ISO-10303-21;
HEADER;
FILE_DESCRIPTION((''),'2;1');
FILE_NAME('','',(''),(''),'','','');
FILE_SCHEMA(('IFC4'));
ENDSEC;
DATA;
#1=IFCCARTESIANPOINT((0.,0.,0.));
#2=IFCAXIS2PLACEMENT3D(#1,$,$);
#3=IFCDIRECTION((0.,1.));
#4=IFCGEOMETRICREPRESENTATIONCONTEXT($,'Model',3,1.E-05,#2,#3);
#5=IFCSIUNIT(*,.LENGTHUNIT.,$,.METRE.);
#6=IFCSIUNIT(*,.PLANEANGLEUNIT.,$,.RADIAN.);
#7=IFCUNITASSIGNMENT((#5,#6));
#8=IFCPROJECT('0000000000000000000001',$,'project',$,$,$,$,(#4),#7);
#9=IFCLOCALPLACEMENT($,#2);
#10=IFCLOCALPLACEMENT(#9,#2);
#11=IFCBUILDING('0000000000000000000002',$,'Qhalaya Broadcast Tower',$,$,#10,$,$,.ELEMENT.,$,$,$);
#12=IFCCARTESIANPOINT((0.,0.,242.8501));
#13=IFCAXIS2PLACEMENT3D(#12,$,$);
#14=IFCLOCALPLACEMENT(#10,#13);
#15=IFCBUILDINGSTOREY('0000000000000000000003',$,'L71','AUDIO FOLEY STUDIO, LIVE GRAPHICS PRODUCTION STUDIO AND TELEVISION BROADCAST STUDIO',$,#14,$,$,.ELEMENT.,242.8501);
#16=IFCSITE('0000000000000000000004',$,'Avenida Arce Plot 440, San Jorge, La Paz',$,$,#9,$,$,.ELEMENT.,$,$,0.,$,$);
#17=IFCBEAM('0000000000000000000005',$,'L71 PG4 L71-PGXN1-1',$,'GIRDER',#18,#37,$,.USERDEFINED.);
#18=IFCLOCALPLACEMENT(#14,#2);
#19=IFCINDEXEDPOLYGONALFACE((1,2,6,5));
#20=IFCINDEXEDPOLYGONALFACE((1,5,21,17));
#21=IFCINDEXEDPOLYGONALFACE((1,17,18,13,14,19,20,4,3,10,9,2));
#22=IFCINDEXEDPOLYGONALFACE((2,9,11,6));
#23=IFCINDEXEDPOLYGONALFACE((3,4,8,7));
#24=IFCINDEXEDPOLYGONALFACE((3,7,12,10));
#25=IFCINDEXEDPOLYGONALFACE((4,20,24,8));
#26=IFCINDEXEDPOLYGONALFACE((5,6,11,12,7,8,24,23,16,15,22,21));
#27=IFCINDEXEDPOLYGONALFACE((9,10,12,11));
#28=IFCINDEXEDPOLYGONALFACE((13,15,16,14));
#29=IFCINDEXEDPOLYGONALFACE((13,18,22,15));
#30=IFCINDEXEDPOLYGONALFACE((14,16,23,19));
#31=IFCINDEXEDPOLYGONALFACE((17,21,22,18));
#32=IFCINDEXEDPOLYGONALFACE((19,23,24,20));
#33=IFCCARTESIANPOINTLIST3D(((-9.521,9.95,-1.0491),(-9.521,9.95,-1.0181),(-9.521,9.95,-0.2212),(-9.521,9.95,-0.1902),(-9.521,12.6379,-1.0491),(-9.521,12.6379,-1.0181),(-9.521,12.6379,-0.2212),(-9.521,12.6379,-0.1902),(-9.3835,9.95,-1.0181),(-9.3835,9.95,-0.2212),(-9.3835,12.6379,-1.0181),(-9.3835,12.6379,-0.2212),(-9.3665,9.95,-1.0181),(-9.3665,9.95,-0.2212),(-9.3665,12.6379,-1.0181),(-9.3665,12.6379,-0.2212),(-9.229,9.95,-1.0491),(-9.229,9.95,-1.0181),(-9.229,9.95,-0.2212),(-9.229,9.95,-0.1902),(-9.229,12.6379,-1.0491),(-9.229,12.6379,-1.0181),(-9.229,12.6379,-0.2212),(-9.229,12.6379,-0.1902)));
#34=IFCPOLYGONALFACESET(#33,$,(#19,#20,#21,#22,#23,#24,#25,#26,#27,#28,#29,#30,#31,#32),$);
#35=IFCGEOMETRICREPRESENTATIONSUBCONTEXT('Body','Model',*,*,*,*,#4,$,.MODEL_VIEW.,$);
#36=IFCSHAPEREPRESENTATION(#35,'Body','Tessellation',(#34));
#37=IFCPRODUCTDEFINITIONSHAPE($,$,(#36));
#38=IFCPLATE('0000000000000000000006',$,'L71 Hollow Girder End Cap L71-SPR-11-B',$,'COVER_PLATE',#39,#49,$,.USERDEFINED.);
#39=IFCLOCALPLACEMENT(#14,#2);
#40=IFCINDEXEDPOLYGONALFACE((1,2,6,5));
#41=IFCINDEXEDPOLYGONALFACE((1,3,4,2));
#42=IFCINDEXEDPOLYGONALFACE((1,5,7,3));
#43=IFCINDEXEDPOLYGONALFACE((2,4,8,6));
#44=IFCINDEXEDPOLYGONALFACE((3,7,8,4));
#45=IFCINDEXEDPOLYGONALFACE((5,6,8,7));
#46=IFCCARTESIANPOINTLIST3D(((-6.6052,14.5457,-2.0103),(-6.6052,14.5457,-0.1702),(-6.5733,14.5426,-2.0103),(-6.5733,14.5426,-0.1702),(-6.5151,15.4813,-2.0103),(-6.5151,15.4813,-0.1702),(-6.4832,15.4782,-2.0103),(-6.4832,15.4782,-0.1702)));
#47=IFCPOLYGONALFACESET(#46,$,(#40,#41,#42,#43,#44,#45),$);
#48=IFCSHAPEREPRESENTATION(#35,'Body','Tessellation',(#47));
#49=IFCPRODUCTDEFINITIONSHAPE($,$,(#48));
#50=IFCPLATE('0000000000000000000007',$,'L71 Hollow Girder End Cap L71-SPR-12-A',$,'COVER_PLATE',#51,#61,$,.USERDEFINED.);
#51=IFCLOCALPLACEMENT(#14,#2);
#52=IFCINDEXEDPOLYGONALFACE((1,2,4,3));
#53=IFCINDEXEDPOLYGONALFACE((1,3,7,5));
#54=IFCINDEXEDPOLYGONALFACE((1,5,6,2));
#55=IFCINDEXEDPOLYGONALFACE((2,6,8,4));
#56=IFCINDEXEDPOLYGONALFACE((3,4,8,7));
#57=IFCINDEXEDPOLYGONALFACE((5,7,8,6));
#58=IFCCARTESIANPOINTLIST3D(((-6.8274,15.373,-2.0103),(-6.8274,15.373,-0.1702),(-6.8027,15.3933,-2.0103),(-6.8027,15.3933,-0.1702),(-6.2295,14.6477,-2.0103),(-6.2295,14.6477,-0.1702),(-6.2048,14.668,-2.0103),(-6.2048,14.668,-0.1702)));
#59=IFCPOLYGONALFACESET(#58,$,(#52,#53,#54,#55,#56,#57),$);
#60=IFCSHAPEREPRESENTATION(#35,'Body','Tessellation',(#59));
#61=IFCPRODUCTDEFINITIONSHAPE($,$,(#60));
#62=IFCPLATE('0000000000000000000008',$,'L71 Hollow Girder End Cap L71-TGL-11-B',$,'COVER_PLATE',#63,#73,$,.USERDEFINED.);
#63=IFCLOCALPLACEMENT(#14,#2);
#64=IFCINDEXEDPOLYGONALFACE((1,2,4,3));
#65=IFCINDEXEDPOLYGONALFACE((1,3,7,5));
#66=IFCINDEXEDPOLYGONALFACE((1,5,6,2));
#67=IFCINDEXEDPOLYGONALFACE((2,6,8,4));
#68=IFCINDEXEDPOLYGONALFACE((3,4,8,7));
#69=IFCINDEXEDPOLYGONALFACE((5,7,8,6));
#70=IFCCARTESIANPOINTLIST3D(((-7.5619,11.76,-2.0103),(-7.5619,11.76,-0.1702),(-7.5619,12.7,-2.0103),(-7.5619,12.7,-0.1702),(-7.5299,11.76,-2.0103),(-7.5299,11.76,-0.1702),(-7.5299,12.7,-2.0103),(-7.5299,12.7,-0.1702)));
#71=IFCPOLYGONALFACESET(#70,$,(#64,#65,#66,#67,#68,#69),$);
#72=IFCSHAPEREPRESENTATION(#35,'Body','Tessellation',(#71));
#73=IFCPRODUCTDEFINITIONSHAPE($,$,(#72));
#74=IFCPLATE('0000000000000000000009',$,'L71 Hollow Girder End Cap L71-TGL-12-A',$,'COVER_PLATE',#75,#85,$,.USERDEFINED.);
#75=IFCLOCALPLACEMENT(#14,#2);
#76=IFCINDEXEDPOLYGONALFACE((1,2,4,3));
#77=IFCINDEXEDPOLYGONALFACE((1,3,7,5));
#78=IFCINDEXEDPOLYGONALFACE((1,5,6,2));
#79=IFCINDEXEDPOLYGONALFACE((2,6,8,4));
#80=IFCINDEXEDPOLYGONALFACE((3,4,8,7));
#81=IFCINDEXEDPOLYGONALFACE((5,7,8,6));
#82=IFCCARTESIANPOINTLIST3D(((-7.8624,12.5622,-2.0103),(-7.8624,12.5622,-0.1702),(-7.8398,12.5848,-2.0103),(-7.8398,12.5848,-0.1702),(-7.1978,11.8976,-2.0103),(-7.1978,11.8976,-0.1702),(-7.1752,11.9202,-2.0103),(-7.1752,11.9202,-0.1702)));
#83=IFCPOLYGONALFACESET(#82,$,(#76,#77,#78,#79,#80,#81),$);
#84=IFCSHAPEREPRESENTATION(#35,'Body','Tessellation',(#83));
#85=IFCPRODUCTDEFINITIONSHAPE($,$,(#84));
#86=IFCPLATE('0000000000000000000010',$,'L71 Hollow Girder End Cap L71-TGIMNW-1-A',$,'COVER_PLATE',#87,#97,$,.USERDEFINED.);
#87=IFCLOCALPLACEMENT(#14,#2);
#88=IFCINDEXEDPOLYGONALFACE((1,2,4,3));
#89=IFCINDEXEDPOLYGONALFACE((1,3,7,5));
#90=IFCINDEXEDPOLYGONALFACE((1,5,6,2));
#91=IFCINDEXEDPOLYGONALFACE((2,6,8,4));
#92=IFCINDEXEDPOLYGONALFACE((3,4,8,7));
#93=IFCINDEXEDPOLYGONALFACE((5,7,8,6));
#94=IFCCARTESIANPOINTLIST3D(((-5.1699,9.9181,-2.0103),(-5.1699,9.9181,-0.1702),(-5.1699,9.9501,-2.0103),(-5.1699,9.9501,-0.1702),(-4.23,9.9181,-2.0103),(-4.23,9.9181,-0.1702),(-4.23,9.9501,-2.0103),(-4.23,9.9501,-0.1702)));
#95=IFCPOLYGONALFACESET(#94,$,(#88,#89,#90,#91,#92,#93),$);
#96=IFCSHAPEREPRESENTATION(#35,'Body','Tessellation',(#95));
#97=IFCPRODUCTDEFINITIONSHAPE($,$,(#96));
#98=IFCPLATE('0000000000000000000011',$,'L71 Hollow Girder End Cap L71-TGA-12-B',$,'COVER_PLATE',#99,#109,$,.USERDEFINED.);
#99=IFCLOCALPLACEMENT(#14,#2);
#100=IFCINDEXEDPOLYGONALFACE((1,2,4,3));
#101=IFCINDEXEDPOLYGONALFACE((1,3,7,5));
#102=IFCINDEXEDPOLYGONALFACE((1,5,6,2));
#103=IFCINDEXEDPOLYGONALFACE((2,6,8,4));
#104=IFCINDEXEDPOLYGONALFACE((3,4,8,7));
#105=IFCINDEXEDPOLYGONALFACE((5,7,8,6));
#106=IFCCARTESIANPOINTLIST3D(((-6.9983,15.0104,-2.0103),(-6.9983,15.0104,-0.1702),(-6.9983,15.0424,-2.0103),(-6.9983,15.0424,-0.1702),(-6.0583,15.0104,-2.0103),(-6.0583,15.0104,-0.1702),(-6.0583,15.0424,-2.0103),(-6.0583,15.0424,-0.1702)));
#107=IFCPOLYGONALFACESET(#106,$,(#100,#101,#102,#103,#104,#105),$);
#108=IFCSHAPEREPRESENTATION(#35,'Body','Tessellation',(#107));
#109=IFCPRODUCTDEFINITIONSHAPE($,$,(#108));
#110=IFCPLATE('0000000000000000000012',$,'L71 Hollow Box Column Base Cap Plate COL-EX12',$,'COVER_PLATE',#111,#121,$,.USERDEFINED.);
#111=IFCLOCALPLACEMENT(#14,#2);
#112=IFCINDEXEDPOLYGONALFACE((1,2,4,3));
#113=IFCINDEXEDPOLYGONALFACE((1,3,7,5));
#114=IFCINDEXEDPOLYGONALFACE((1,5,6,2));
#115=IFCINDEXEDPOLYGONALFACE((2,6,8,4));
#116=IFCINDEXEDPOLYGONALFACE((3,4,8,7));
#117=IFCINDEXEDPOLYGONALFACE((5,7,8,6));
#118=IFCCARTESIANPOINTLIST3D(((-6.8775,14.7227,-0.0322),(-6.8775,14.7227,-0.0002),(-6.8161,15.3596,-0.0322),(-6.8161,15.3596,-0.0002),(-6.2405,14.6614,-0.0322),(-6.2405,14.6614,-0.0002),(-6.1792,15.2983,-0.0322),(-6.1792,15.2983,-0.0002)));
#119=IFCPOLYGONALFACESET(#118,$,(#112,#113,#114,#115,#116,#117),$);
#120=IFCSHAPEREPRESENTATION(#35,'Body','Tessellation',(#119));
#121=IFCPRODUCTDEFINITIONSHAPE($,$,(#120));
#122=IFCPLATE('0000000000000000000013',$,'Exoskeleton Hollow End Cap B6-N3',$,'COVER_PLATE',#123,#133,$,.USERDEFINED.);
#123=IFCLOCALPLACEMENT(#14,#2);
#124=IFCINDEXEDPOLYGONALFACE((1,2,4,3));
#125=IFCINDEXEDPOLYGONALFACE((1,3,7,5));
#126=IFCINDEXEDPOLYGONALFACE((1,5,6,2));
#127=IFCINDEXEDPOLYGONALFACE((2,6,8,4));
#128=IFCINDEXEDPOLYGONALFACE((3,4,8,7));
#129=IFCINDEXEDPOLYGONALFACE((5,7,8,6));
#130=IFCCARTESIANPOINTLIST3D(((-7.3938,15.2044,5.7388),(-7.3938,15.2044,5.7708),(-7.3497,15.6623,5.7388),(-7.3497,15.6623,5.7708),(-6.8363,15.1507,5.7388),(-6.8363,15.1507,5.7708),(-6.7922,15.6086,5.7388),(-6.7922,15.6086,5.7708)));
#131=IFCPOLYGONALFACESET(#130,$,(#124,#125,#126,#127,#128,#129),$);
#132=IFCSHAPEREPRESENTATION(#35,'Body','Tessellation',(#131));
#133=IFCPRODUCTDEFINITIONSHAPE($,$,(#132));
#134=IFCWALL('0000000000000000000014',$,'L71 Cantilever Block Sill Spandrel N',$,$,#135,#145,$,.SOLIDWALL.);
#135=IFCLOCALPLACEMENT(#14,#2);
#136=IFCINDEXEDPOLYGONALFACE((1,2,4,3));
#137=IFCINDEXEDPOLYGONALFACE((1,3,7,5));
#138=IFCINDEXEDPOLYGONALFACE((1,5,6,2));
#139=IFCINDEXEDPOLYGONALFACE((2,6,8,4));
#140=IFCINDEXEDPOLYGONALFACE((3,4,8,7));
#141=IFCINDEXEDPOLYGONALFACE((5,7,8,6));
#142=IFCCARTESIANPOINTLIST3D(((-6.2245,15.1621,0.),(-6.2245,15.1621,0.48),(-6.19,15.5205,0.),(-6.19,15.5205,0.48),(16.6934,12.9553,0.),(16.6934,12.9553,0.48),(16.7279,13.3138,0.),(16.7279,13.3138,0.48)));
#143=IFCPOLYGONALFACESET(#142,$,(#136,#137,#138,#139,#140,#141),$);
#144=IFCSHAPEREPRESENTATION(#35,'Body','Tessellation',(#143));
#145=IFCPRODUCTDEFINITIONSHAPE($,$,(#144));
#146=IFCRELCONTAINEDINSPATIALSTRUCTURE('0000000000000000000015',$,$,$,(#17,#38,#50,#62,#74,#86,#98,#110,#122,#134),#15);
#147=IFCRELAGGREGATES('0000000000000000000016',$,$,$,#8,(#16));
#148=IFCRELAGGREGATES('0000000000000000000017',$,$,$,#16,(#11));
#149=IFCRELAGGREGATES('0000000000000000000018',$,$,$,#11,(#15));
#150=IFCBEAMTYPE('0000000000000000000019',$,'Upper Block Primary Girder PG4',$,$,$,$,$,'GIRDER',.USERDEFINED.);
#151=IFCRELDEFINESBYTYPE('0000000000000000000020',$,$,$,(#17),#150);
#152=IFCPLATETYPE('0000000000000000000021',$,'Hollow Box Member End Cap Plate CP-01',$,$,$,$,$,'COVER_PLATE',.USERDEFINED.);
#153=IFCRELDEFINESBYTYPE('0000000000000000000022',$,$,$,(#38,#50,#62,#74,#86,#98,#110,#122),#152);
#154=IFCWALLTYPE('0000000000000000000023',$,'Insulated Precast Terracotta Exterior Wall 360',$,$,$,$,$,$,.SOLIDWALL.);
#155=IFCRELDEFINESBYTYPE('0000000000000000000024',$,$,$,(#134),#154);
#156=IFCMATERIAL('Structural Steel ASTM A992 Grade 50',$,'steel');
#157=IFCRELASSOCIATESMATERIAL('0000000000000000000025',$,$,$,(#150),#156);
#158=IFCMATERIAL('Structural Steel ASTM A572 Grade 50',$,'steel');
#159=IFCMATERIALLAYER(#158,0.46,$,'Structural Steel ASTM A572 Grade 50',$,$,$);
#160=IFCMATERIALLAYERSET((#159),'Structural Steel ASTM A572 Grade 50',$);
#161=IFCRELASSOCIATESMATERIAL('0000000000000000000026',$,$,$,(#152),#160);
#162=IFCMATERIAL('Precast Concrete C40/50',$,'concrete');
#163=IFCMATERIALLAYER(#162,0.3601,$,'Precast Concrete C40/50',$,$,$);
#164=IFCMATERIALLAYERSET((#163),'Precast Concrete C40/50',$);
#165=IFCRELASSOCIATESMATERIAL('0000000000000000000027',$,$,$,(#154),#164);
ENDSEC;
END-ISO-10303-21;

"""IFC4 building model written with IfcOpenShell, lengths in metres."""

from ifc_helpers import new_model, si_unit, direction, frame, frame_2d, origin, origin_2d, place, context, subcontext, project, spatial, rectangle, i_section, extrude, material, layer, layer_set, material_profile, profile_set, type_object, element, save


model = new_model("IFC4")

# Units and contexts
model_context = context("Model", 3, precision=1e-05, world=origin(), true_north=direction((0.0, 1.0)))
body_context = subcontext(model_context, "Body", "Model", "MODEL_VIEW")
ifc_project = project(units=[si_unit("LENGTHUNIT", "METRE"), si_unit("PLANEANGLEUNIT", "RADIAN")], contexts=[model_context])

# Site, building, storey
site_placement = place(None, origin())
site = spatial("IfcSite", under=ifc_project, at=site_placement, Name="Avenida Arce Plot 440, San Jorge, La Paz", CompositionType="ELEMENT", RefElevation=0.0)
building_placement = place(site_placement, origin())
building = spatial("IfcBuilding", under=site, at=building_placement, Name="Qhalaya Broadcast Tower", CompositionType="ELEMENT")
storey_placement = place(building_placement, frame((0.0, 0.0, 242.8501)))
storey = spatial("IfcBuildingStorey", under=building, at=storey_placement, Name="L71", Description="AUDIO FOLEY STUDIO, LIVE GRAPHICS PRODUCTION STUDIO AND TELEVISION BROADCAST STUDIO", CompositionType="ELEMENT", Elevation=242.8501)

# Shared definitions
ifc_material_1 = material(Name="Structural Steel ASTM A572 Grade 50", Category="steel")

# Shared definitions
ifc_material_2 = material(Name="Structural Steel ASTM A992 Grade 50", Category="steel")

# Beam
ifc_material_profile_1 = material_profile(ifc_material_2, i_section(OverallWidth=0.292, OverallDepth=0.8589, WebThickness=0.0171, FlangeThickness=0.031, at=origin_2d()), Name="W33X169")
ifc_profile_set_1 = profile_set([ifc_material_profile_1], Name="Structural Steel ASTM A992 Grade 50")
beam_type_1 = type_object("IfcBeamType", Name="Upper Block Primary Girder PG4", ElementType="GIRDER", PredefinedType="USERDEFINED", material=ifc_profile_set_1)
beam_1_placement = place(storey_placement, frame((-9.375, 9.95, -0.6196), z_axis=(0.0, 1.0, 0.0), x_axis=(-1.0, 0.0, 0.0)))
element("IfcBeam", 1, at=beam_1_placement, inside=storey, type_object=beam_type_1, Name="L71 PG4 L71-PGXN1-1", ObjectType="GIRDER", PredefinedType="USERDEFINED", context=body_context, shape_type="SweptSolid", body=[
    extrude(i_section(OverallWidth=0.292, OverallDepth=0.8589, WebThickness=0.0171, FlangeThickness=0.031, at=origin_2d()), origin(), (0.0, 0.0, 1.0), 2.688),
])

# Plates
ifc_layer_1 = layer(ifc_material_1, 0.46, Name="Structural Steel ASTM A572 Grade 50")
ifc_layer_set_1 = layer_set([ifc_layer_1], Name="Structural Steel ASTM A572 Grade 50")
plate_type = type_object("IfcPlateType", Name="Hollow Box Member End Cap Plate CP-01", ElementType="COVER_PLATE", PredefinedType="USERDEFINED", material=ifc_layer_set_1)
for number, where, z_axis, x_axis, name in (
    (2, (-6.5442, 15.012, -2.0103), (0.0, 0.0, 1.0), (-0.095846, -0.995396, 0.0), "L71 Hollow Girder End Cap L71-SPR-11-B"),
    (3, (-6.5161, 15.0205, -2.0103), (0.0, 0.0, 1.0), (0.636078, -0.771625, 0.0), "L71 Hollow Girder End Cap L71-SPR-12-A"),
    (4, (-7.5459, 12.23, -2.0103), (0.0, 0.0, 1.0), (0.0, -1.0, 0.0), "L71 Hollow Girder End Cap L71-TGL-11-B"),
    (5, (-7.5188, 12.2412, -2.0103), (0.0, 0.0, 1.0), (0.707107, -0.707107, 0.0), "L71 Hollow Girder End Cap L71-TGL-12-A"),
    (6, (-4.7, 9.9341, -2.0103), (0.0, 0.0, 1.0), (-1.0, 0.0, 0.0), "L71 Hollow Girder End Cap L71-TGIMNW-1-A"),
    (7, (-6.5283, 15.0264, -2.0103), (0.0, 0.0, 1.0), (-1.0, 0.0, 0.0), "L71 Hollow Girder End Cap L71-TGA-12-B"),
):
    element("IfcPlate", number, at=place(storey_placement, frame(where, z_axis=z_axis, x_axis=x_axis)), inside=storey, type_object=plate_type, Name=name, ObjectType="COVER_PLATE", PredefinedType="USERDEFINED", context=body_context, shape_type="SweptSolid", body=[
        extrude(rectangle(XDim=0.9399, YDim=0.032, at=origin_2d()), origin(), (0.0, 0.0, 1.0), 1.8401),
    ])
plate_1_placement = place(storey_placement, frame((-6.5283, 15.0105, -0.0322), z_axis=(0.0, 0.0, 1.0), x_axis=(0.995396, -0.095846, 0.0)))
element("IfcPlate", 8, at=plate_1_placement, inside=storey, type_object=plate_type, Name="L71 Hollow Box Column Base Cap Plate COL-EX12", ObjectType="COVER_PLATE", PredefinedType="USERDEFINED", context=body_context, shape_type="SweptSolid", body=[
    extrude(rectangle(XDim=0.6399, YDim=0.6399, at=origin_2d()), origin(), (0.0, 0.0, 1.0), 0.032),
])
plate_2_placement = place(storey_placement, frame((-7.093, 15.4065, 5.7388), z_axis=(0.0, 0.0, 1.0), x_axis=(0.995396, -0.095846, 0.0)))
element("IfcPlate", 9, at=plate_2_placement, inside=storey, type_object=plate_type, Name="Exoskeleton Hollow End Cap B6-N3", ObjectType="COVER_PLATE", PredefinedType="USERDEFINED", context=body_context, shape_type="SweptSolid", body=[
    extrude(rectangle(XDim=0.5601, YDim=0.46, at=origin_2d()), origin(), (0.0, 0.0, 1.0), 0.032),
])

# Wall
ifc_material_3 = material(Name="Precast Concrete C40/50", Category="concrete")
ifc_layer_2 = layer(ifc_material_3, 0.3601, Name="Precast Concrete C40/50")
ifc_layer_set_2 = layer_set([ifc_layer_2], Name="Precast Concrete C40/50")
wall_type = type_object("IfcWallType", Name="Insulated Precast Terracotta Exterior Wall 360", PredefinedType="SOLIDWALL", material=ifc_layer_set_2)
wall_placement = place(storey_placement, frame((-6.2073, 15.3413, 0.0), z_axis=(0.0, 0.0, 1.0), x_axis=(0.995396, -0.095847, 0.0)))
element("IfcWall", 10, at=wall_placement, inside=storey, type_object=wall_type, Name="L71 Cantilever Block Sill Spandrel N", PredefinedType="SOLIDWALL", context=body_context, shape_type="SweptSolid", body=[
    extrude(rectangle(XDim=23.0239, YDim=0.3601, at=frame_2d((11.512, 0.0))), origin(), (0.0, 0.0, 1.0), 0.48),
])

save(model, "model.ifc")
